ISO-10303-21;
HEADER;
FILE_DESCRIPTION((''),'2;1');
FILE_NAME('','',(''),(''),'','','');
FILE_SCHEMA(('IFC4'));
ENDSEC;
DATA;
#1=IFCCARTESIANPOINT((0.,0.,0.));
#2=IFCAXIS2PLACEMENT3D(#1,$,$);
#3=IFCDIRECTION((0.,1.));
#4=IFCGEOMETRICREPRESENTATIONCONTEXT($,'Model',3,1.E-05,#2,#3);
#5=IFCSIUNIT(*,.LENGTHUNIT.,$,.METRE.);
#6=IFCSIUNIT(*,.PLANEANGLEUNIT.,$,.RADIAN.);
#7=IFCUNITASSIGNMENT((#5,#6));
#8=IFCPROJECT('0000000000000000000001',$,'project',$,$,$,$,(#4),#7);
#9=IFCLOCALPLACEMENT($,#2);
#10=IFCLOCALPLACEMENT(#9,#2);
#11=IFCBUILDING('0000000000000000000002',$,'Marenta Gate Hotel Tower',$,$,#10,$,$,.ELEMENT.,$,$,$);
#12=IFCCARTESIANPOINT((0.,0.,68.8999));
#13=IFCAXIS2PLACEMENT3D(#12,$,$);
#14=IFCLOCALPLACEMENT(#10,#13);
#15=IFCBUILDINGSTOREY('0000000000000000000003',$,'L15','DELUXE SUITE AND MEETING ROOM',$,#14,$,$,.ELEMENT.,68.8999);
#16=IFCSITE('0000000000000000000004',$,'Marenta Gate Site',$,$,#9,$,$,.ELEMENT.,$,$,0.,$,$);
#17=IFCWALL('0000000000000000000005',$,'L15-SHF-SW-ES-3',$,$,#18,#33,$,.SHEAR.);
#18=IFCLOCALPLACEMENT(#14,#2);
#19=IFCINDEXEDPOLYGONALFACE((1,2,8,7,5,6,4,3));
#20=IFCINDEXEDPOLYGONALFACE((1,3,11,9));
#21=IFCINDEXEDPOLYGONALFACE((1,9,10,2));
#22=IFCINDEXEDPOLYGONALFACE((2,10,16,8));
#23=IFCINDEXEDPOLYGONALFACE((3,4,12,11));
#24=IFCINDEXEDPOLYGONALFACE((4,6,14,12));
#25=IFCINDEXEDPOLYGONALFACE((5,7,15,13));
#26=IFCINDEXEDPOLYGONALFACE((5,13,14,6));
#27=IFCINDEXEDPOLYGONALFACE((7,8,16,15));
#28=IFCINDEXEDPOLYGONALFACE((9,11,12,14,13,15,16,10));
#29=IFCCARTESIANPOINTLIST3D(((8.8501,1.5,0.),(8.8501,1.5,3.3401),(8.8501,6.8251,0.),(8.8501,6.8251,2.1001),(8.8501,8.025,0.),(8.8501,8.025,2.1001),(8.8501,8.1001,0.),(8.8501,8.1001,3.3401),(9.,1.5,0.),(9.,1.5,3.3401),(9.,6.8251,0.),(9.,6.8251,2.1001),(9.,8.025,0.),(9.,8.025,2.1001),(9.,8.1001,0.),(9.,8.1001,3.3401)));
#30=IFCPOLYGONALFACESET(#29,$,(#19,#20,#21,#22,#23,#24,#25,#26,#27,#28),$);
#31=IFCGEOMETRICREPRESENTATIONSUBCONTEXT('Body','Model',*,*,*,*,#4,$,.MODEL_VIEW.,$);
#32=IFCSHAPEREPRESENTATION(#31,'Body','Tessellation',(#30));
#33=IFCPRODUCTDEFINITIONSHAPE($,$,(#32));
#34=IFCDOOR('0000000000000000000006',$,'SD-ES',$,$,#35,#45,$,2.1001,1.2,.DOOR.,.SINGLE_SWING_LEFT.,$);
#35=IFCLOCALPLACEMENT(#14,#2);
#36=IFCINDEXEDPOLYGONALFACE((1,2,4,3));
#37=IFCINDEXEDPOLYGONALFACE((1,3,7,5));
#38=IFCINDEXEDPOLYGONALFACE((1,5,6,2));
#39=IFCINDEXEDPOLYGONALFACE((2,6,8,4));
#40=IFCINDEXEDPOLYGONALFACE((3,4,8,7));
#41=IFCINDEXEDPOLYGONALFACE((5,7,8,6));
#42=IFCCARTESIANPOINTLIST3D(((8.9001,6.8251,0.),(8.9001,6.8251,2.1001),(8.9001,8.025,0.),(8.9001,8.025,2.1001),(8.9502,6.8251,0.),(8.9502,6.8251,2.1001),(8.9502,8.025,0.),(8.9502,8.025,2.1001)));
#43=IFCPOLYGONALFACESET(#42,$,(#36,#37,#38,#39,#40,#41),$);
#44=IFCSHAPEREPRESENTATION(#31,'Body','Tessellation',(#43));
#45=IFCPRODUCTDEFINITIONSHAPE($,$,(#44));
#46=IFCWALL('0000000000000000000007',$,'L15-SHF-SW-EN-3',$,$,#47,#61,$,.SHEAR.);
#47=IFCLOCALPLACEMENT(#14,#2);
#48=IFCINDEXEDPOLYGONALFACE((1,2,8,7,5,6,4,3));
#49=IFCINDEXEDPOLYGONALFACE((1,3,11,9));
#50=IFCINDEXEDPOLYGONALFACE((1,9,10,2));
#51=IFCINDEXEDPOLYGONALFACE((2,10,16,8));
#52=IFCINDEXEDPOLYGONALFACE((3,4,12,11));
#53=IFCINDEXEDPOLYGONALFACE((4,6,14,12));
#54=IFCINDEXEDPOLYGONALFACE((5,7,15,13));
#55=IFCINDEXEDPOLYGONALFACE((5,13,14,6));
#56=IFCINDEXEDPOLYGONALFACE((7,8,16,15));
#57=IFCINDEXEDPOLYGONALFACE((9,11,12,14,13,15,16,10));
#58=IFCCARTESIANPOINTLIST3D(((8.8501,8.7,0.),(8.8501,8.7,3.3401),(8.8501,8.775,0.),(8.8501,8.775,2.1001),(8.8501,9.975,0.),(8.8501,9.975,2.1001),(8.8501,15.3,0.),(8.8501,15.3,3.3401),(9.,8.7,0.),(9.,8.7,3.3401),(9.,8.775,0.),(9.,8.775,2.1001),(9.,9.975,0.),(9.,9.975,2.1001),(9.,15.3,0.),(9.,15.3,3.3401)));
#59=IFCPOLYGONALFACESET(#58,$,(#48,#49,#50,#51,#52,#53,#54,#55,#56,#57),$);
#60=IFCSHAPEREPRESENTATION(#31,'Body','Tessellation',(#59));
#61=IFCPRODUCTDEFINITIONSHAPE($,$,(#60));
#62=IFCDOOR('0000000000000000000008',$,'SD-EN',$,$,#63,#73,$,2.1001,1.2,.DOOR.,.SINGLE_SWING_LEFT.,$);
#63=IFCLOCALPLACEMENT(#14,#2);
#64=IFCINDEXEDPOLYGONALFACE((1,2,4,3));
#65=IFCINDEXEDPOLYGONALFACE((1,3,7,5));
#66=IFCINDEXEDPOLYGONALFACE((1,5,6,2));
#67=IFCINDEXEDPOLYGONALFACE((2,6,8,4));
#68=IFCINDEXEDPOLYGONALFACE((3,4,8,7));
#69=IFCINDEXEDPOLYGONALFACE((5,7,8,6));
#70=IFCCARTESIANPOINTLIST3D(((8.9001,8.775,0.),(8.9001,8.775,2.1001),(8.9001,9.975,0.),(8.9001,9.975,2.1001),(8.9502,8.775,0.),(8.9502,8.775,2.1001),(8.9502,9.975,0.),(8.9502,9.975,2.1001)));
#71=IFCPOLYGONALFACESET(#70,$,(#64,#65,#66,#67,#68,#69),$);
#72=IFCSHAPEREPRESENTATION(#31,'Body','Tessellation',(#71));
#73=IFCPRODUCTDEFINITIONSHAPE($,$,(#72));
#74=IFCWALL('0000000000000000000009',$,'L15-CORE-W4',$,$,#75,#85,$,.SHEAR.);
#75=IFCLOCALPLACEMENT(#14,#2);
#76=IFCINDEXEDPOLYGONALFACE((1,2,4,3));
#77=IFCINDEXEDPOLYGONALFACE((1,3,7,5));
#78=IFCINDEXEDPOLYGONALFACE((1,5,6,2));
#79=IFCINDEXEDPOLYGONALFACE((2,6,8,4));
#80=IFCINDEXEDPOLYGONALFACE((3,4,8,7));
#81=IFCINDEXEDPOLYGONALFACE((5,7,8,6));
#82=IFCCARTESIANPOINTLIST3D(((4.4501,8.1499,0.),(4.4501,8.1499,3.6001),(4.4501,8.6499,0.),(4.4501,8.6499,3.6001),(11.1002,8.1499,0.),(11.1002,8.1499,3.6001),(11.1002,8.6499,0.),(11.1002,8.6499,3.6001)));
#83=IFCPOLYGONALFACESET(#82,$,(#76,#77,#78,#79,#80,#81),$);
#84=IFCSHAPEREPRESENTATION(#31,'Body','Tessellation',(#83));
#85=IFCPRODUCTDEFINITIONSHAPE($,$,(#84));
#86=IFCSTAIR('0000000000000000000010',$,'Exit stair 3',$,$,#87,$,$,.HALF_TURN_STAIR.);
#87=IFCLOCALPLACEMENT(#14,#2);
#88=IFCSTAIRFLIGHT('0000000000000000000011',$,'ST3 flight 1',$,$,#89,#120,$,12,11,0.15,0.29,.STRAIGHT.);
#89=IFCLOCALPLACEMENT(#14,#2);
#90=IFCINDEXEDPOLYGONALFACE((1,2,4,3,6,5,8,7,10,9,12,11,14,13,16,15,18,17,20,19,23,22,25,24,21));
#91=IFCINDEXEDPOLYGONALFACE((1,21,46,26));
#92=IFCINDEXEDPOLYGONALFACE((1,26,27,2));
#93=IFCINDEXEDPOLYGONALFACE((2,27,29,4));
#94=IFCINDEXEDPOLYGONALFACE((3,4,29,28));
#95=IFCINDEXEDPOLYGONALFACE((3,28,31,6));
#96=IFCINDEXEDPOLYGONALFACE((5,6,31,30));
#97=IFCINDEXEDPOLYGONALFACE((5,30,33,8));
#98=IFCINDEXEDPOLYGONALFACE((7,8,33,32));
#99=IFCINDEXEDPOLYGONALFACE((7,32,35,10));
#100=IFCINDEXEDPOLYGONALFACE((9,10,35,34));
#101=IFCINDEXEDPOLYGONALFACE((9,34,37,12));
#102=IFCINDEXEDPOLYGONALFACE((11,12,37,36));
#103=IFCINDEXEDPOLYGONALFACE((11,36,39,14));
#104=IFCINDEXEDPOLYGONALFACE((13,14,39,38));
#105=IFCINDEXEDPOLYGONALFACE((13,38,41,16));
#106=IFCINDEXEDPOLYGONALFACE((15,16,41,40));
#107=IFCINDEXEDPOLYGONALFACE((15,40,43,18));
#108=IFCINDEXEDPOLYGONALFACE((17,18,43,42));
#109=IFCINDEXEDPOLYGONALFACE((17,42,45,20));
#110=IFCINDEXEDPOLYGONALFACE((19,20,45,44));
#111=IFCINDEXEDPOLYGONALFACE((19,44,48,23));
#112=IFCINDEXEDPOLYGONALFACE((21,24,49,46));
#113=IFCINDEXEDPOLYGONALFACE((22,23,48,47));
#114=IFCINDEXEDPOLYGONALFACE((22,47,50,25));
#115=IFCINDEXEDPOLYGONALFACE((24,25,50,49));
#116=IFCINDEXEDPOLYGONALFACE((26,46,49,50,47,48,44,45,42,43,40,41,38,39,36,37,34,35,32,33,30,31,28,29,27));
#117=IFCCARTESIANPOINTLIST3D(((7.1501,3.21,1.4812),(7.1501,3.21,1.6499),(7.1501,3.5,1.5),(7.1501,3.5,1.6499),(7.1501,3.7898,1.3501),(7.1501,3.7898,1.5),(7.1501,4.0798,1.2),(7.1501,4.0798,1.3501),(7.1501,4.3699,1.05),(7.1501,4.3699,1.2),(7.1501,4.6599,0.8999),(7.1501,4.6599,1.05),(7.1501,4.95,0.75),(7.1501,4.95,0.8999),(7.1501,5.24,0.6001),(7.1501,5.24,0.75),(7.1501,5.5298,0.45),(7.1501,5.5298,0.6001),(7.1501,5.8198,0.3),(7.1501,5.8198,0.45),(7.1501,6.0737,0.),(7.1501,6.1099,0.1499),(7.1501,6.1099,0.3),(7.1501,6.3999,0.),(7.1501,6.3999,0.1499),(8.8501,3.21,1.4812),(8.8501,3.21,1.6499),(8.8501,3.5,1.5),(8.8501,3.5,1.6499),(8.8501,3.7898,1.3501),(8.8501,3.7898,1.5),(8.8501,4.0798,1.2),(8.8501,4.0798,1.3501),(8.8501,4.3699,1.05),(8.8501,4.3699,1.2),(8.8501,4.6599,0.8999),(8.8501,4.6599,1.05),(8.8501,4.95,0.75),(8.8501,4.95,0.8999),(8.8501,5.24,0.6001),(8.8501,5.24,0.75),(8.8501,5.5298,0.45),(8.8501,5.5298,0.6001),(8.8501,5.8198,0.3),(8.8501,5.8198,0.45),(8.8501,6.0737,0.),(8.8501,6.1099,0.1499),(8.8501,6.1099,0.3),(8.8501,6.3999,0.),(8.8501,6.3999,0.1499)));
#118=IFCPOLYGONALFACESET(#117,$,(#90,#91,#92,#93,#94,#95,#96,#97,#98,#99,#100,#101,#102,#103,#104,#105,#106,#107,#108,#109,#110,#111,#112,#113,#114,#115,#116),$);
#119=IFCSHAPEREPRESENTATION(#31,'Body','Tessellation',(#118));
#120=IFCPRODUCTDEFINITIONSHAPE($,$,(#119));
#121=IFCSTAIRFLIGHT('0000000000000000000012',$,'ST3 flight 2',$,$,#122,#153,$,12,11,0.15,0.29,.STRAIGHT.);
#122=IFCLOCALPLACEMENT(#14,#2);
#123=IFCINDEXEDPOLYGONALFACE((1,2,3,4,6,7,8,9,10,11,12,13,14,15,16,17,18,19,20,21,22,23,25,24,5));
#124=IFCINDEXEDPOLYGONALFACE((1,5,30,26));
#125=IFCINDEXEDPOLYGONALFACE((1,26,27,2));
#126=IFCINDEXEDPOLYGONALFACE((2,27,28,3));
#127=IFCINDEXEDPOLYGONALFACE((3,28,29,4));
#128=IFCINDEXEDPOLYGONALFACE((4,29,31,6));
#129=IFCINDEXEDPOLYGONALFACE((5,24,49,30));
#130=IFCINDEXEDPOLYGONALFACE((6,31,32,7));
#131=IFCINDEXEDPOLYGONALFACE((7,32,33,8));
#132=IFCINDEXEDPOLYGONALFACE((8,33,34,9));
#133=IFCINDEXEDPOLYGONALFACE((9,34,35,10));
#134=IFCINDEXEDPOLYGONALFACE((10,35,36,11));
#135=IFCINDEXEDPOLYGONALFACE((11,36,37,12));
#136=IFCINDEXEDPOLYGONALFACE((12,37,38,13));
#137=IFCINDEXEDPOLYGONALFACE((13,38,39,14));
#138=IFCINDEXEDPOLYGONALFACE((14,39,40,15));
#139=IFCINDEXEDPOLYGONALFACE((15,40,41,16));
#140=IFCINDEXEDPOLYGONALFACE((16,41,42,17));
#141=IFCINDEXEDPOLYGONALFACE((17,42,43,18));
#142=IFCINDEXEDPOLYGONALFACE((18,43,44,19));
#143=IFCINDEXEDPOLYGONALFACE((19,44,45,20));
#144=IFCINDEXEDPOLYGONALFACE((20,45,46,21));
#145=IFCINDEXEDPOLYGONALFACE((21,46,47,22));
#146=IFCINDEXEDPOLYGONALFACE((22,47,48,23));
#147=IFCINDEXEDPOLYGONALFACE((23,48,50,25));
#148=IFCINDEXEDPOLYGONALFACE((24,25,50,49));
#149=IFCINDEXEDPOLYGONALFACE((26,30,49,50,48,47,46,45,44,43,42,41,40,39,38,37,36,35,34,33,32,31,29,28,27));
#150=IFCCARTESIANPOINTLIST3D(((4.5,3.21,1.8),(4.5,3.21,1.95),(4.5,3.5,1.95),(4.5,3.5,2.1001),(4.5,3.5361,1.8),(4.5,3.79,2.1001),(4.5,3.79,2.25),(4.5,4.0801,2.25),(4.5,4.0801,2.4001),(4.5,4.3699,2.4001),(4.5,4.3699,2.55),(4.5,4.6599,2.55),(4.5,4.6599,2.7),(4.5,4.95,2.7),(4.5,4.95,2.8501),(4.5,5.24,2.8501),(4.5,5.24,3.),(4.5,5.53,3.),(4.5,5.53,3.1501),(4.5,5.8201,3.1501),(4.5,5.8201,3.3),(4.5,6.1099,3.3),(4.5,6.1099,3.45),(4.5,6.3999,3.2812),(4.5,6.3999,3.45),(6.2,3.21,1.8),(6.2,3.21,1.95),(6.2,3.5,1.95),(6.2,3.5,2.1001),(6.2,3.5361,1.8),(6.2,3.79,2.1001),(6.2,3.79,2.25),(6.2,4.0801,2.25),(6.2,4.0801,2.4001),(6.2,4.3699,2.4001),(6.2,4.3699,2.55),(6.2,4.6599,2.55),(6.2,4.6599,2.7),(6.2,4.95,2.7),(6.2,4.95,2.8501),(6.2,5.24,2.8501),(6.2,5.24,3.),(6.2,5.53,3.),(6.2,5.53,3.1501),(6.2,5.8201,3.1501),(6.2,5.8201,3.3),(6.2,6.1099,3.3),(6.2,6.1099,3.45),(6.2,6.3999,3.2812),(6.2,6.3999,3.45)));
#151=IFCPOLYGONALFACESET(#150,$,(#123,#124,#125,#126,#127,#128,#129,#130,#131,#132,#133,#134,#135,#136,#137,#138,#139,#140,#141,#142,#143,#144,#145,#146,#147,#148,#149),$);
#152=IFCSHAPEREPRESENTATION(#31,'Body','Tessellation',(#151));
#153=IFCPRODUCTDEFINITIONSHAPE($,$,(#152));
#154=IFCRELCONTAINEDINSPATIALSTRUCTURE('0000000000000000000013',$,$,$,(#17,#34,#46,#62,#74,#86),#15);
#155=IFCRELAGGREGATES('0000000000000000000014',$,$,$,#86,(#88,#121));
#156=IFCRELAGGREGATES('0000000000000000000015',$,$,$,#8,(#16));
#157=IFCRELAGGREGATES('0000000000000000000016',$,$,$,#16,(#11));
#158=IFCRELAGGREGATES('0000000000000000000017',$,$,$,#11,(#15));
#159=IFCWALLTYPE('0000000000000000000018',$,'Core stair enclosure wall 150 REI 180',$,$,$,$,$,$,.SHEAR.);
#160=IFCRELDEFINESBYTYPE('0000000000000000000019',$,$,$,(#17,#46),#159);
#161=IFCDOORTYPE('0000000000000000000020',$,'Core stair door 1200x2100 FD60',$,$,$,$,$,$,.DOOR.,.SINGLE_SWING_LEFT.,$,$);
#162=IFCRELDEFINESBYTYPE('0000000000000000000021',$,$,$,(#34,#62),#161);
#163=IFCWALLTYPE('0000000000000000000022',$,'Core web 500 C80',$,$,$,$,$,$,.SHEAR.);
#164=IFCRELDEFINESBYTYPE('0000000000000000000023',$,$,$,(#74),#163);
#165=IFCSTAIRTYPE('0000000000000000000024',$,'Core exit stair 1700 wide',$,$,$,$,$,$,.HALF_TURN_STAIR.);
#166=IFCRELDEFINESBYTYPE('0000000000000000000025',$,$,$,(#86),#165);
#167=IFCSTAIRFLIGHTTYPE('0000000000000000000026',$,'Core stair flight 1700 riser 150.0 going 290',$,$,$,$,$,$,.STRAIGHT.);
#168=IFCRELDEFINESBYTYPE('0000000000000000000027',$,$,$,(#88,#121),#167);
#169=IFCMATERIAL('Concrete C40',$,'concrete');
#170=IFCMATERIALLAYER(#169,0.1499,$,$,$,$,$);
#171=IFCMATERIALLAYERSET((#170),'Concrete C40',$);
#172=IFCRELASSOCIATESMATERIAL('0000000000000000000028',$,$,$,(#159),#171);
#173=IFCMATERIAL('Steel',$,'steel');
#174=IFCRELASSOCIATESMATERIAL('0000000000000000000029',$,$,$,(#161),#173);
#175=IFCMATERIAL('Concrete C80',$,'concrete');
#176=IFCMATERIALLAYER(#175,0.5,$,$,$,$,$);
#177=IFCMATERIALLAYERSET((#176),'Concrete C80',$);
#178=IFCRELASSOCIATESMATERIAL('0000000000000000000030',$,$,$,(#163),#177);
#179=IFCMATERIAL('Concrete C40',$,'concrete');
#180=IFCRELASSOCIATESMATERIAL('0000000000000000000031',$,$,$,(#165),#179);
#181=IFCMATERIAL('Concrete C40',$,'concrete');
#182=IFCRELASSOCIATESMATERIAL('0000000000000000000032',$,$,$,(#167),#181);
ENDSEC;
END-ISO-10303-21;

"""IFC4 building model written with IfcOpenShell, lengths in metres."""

from ifc_helpers import new_model, si_unit, direction, frame, frame_2d, origin, place, context, subcontext, project, spatial, polyline, rectangle, outline, extrude, material, layer, layer_set, type_object, element, fill, aggregate, save


model = new_model("IFC4")

# Units and contexts
model_context = context("Model", 3, precision=1e-05, world=origin(), true_north=direction((0.0, 1.0)))
body_context = subcontext(model_context, "Body", "Model", "MODEL_VIEW")
ifc_project = project(units=[si_unit("LENGTHUNIT", "METRE"), si_unit("PLANEANGLEUNIT", "RADIAN")], contexts=[model_context])

# Site, building, storey
site_placement = place(None, origin())
site = spatial("IfcSite", under=ifc_project, at=site_placement, Name="Marenta Gate Site", CompositionType="ELEMENT", RefElevation=0.0)
building_placement = place(site_placement, origin())
building = spatial("IfcBuilding", under=site, at=building_placement, Name="Marenta Gate Hotel Tower", CompositionType="ELEMENT")
storey_placement = place(building_placement, frame((0.0, 0.0, 68.8999)))
storey = spatial("IfcBuildingStorey", under=building, at=storey_placement, Name="L15", Description="DELUXE SUITE AND MEETING ROOM", CompositionType="ELEMENT", Elevation=68.8999)

# Walls, openings, doors
ifc_material_1 = material(Name="Concrete C40", Category="concrete")
ifc_layer_1 = layer(ifc_material_1, 0.1499)
ifc_layer_set_1 = layer_set([ifc_layer_1], Name="Concrete C40")
wall_type_1 = type_object("IfcWallType", Name="Core stair enclosure wall 150 REI 180", PredefinedType="SHEAR", material=ifc_layer_set_1)
wall_1_placement = place(storey_placement, frame((8.925, 1.5, 0.0), z_axis=(0.0, 0.0, 1.0), x_axis=(0.0, 1.0, 0.0)))
wall_1 = element("IfcWall", 1, at=wall_1_placement, inside=storey, type_object=wall_type_1, Name="L15-SHF-SW-ES-3", PredefinedType="SHEAR", context=body_context, shape_type="SweptSolid", body=[
    extrude(rectangle(XDim=6.6001, YDim=0.1499, at=frame_2d((3.3, 0.0))), origin(), (0.0, 0.0, 1.0), 3.3401),
])
opening_1_placement = place(wall_1_placement, frame((5.325, 0.0, 0.0)))
opening_1 = element("IfcOpeningElement", 2, at=opening_1_placement, cuts=wall_1, PredefinedType="OPENING", context=body_context, shape_type="SweptSolid", body=[
    extrude(rectangle(XDim=1.2, YDim=2.1001, at=frame_2d((0.6001, 1.05))), frame((0.0, 0.075, 0.0), z_axis=(0.0, -1.0, 0.0), x_axis=(1.0, 0.0, 0.0)), (0.0, 0.0, 1.0), 0.1499),
])
ifc_material_2 = material(Name="Steel", Category="steel")
door_type_1 = type_object("IfcDoorType", Name="Core stair door 1200x2100 FD60", OperationType="SINGLE_SWING_LEFT", PredefinedType="DOOR", material=ifc_material_2)
door_1_placement = place(opening_1_placement, origin())
door_1 = element("IfcDoor", 3, at=door_1_placement, inside=storey, type_object=door_type_1, Name="SD-ES", OperationType="SINGLE_SWING_LEFT", OverallHeight=2.1001, OverallWidth=1.2, PredefinedType="DOOR", context=body_context, shape_type="SweptSolid", body=[
    extrude(rectangle(XDim=1.2, YDim=2.1001, at=frame_2d((0.6001, 1.05))), frame((0.0, 0.0249, 0.0), z_axis=(0.0, -1.0, 0.0), x_axis=(1.0, 0.0, 0.0)), (0.0, 0.0, 1.0), 0.05),
])
fill(opening_1, door_1)
wall_2_placement = place(storey_placement, frame((8.925, 8.7, 0.0), z_axis=(0.0, 0.0, 1.0), x_axis=(0.0, 1.0, 0.0)))
wall_2 = element("IfcWall", 4, at=wall_2_placement, inside=storey, type_object=wall_type_1, Name="L15-SHF-SW-EN-3", PredefinedType="SHEAR", context=body_context, shape_type="SweptSolid", body=[
    extrude(rectangle(XDim=6.6001, YDim=0.1499, at=frame_2d((3.3, 0.0))), origin(), (0.0, 0.0, 1.0), 3.3401),
])
opening_2_placement = place(wall_2_placement, frame((0.075, 0.0, 0.0)))
opening_2 = element("IfcOpeningElement", 5, at=opening_2_placement, cuts=wall_2, PredefinedType="OPENING", context=body_context, shape_type="SweptSolid", body=[
    extrude(rectangle(XDim=1.2, YDim=2.1001, at=frame_2d((0.6001, 1.05))), frame((0.0, 0.075, 0.0), z_axis=(0.0, -1.0, 0.0), x_axis=(1.0, 0.0, 0.0)), (0.0, 0.0, 1.0), 0.1499),
])
door_2_placement = place(opening_2_placement, origin())
door_2 = element("IfcDoor", 6, at=door_2_placement, inside=storey, type_object=door_type_1, Name="SD-EN", OperationType="SINGLE_SWING_LEFT", OverallHeight=2.1001, OverallWidth=1.2, PredefinedType="DOOR", context=body_context, shape_type="SweptSolid", body=[
    extrude(rectangle(XDim=1.2, YDim=2.1001, at=frame_2d((0.6001, 1.05))), frame((0.0, 0.0249, 0.0), z_axis=(0.0, -1.0, 0.0), x_axis=(1.0, 0.0, 0.0)), (0.0, 0.0, 1.0), 0.05),
])
fill(opening_2, door_2)

# Wall
ifc_material_3 = material(Name="Concrete C80", Category="concrete")
ifc_layer_2 = layer(ifc_material_3, 0.5)
ifc_layer_set_2 = layer_set([ifc_layer_2], Name="Concrete C80")
wall_type_2 = type_object("IfcWallType", Name="Core web 500 C80", PredefinedType="SHEAR", material=ifc_layer_set_2)
wall_3_placement = place(storey_placement, frame((4.45, 8.3999, 0.0), z_axis=(0.0, 0.0, 1.0), x_axis=(1.0, 0.0, 0.0)))
element("IfcWall", 7, at=wall_3_placement, inside=storey, type_object=wall_type_2, Name="L15-CORE-W4", PredefinedType="SHEAR", context=body_context, shape_type="SweptSolid", body=[
    extrude(rectangle(XDim=6.6501, YDim=0.5, at=frame_2d((3.3252, 0.0))), origin(), (0.0, 0.0, 1.0), 3.6001),
])

# Stair, stair flights
ifc_material_4 = material(Name="Concrete C40", Category="concrete")
stair_type = type_object("IfcStairType", Name="Core exit stair 1700 wide", PredefinedType="HALF_TURN_STAIR", material=ifc_material_4)
stair_1_placement = place(storey_placement, origin())
stair_1 = element("IfcStair", 8, at=stair_1_placement, inside=storey, type_object=stair_type, Name="Exit stair 3", PredefinedType="HALF_TURN_STAIR")
ifc_material_5 = material(Name="Concrete C40", Category="concrete")
stair_flight_type = type_object("IfcStairFlightType", Name="Core stair flight 1700 riser 150.0 going 290", PredefinedType="STRAIGHT", material=ifc_material_5)
stair_flight_1_placement = place(storey_placement, frame((8.0, 6.3999, 0.0), z_axis=(0.0, 0.0, 1.0), x_axis=(0.0, -1.0, 0.0)))
stair_flight_1 = element("IfcStairFlight", 9, at=stair_flight_1_placement, type_object=stair_flight_type, Name="ST3 flight 1", NumberOfRisers=12, NumberOfTreads=11, PredefinedType="STRAIGHT", RiserHeight=0.15, TreadLength=0.29, context=body_context, shape_type="SweptSolid", body=[
    extrude(outline(polyline([(0.0, 0.0), (0.0, 0.1499), (0.29, 0.1499), (0.29, 0.3), (0.5801, 0.3), (0.5801, 0.45), (0.8701, 0.45), (0.8701, 0.6001), (1.1599, 0.6001), (1.1599, 0.75), (1.45, 0.75), (1.45, 0.8999), (1.74, 0.8999), (1.74, 1.05), (2.03, 1.05), (2.03, 1.2), (2.3201, 1.2), (2.3201, 1.3501), (2.6101, 1.3501), (2.6101, 1.5), (2.8999, 1.5), (2.8999, 1.6499), (3.1899, 1.6499), (3.1899, 1.8), (3.1899, 1.4812), (0.3262, 0.0), (0.0, 0.0)])), frame((0.0, 0.8501, 0.0), z_axis=(0.0, -1.0, 0.0), x_axis=(1.0, 0.0, 0.0)), (0.0, 0.0, 1.0), 1.7),
])
stair_flight_2_placement = place(storey_placement, frame((5.3501, 3.21, 1.8), z_axis=(0.0, 0.0, 1.0), x_axis=(0.0, 1.0, 0.0)))
stair_flight_2 = element("IfcStairFlight", 10, at=stair_flight_2_placement, type_object=stair_flight_type, Name="ST3 flight 2", NumberOfRisers=12, NumberOfTreads=11, PredefinedType="STRAIGHT", RiserHeight=0.15, TreadLength=0.29, context=body_context, shape_type="SweptSolid", body=[
    extrude(outline(polyline([(0.0, 0.0), (0.0, 0.1499), (0.29, 0.1499), (0.29, 0.3), (0.5801, 0.3), (0.5801, 0.45), (0.8701, 0.45), (0.8701, 0.6001), (1.1599, 0.6001), (1.1599, 0.75), (1.45, 0.75), (1.45, 0.8999), (1.74, 0.8999), (1.74, 1.05), (2.03, 1.05), (2.03, 1.2), (2.3201, 1.2), (2.3201, 1.3501), (2.6101, 1.3501), (2.6101, 1.5), (2.8999, 1.5), (2.8999, 1.6499), (3.1899, 1.6499), (3.1899, 1.8), (3.1899, 1.4812), (0.3262, 0.0), (0.0, 0.0)])), frame((0.0, 0.8501, 0.0), z_axis=(0.0, -1.0, 0.0), x_axis=(1.0, 0.0, 0.0)), (0.0, 0.0, 1.0), 1.7),
])
aggregate(stair_1, [stair_flight_1, stair_flight_2])

save(model, "model.ifc")
